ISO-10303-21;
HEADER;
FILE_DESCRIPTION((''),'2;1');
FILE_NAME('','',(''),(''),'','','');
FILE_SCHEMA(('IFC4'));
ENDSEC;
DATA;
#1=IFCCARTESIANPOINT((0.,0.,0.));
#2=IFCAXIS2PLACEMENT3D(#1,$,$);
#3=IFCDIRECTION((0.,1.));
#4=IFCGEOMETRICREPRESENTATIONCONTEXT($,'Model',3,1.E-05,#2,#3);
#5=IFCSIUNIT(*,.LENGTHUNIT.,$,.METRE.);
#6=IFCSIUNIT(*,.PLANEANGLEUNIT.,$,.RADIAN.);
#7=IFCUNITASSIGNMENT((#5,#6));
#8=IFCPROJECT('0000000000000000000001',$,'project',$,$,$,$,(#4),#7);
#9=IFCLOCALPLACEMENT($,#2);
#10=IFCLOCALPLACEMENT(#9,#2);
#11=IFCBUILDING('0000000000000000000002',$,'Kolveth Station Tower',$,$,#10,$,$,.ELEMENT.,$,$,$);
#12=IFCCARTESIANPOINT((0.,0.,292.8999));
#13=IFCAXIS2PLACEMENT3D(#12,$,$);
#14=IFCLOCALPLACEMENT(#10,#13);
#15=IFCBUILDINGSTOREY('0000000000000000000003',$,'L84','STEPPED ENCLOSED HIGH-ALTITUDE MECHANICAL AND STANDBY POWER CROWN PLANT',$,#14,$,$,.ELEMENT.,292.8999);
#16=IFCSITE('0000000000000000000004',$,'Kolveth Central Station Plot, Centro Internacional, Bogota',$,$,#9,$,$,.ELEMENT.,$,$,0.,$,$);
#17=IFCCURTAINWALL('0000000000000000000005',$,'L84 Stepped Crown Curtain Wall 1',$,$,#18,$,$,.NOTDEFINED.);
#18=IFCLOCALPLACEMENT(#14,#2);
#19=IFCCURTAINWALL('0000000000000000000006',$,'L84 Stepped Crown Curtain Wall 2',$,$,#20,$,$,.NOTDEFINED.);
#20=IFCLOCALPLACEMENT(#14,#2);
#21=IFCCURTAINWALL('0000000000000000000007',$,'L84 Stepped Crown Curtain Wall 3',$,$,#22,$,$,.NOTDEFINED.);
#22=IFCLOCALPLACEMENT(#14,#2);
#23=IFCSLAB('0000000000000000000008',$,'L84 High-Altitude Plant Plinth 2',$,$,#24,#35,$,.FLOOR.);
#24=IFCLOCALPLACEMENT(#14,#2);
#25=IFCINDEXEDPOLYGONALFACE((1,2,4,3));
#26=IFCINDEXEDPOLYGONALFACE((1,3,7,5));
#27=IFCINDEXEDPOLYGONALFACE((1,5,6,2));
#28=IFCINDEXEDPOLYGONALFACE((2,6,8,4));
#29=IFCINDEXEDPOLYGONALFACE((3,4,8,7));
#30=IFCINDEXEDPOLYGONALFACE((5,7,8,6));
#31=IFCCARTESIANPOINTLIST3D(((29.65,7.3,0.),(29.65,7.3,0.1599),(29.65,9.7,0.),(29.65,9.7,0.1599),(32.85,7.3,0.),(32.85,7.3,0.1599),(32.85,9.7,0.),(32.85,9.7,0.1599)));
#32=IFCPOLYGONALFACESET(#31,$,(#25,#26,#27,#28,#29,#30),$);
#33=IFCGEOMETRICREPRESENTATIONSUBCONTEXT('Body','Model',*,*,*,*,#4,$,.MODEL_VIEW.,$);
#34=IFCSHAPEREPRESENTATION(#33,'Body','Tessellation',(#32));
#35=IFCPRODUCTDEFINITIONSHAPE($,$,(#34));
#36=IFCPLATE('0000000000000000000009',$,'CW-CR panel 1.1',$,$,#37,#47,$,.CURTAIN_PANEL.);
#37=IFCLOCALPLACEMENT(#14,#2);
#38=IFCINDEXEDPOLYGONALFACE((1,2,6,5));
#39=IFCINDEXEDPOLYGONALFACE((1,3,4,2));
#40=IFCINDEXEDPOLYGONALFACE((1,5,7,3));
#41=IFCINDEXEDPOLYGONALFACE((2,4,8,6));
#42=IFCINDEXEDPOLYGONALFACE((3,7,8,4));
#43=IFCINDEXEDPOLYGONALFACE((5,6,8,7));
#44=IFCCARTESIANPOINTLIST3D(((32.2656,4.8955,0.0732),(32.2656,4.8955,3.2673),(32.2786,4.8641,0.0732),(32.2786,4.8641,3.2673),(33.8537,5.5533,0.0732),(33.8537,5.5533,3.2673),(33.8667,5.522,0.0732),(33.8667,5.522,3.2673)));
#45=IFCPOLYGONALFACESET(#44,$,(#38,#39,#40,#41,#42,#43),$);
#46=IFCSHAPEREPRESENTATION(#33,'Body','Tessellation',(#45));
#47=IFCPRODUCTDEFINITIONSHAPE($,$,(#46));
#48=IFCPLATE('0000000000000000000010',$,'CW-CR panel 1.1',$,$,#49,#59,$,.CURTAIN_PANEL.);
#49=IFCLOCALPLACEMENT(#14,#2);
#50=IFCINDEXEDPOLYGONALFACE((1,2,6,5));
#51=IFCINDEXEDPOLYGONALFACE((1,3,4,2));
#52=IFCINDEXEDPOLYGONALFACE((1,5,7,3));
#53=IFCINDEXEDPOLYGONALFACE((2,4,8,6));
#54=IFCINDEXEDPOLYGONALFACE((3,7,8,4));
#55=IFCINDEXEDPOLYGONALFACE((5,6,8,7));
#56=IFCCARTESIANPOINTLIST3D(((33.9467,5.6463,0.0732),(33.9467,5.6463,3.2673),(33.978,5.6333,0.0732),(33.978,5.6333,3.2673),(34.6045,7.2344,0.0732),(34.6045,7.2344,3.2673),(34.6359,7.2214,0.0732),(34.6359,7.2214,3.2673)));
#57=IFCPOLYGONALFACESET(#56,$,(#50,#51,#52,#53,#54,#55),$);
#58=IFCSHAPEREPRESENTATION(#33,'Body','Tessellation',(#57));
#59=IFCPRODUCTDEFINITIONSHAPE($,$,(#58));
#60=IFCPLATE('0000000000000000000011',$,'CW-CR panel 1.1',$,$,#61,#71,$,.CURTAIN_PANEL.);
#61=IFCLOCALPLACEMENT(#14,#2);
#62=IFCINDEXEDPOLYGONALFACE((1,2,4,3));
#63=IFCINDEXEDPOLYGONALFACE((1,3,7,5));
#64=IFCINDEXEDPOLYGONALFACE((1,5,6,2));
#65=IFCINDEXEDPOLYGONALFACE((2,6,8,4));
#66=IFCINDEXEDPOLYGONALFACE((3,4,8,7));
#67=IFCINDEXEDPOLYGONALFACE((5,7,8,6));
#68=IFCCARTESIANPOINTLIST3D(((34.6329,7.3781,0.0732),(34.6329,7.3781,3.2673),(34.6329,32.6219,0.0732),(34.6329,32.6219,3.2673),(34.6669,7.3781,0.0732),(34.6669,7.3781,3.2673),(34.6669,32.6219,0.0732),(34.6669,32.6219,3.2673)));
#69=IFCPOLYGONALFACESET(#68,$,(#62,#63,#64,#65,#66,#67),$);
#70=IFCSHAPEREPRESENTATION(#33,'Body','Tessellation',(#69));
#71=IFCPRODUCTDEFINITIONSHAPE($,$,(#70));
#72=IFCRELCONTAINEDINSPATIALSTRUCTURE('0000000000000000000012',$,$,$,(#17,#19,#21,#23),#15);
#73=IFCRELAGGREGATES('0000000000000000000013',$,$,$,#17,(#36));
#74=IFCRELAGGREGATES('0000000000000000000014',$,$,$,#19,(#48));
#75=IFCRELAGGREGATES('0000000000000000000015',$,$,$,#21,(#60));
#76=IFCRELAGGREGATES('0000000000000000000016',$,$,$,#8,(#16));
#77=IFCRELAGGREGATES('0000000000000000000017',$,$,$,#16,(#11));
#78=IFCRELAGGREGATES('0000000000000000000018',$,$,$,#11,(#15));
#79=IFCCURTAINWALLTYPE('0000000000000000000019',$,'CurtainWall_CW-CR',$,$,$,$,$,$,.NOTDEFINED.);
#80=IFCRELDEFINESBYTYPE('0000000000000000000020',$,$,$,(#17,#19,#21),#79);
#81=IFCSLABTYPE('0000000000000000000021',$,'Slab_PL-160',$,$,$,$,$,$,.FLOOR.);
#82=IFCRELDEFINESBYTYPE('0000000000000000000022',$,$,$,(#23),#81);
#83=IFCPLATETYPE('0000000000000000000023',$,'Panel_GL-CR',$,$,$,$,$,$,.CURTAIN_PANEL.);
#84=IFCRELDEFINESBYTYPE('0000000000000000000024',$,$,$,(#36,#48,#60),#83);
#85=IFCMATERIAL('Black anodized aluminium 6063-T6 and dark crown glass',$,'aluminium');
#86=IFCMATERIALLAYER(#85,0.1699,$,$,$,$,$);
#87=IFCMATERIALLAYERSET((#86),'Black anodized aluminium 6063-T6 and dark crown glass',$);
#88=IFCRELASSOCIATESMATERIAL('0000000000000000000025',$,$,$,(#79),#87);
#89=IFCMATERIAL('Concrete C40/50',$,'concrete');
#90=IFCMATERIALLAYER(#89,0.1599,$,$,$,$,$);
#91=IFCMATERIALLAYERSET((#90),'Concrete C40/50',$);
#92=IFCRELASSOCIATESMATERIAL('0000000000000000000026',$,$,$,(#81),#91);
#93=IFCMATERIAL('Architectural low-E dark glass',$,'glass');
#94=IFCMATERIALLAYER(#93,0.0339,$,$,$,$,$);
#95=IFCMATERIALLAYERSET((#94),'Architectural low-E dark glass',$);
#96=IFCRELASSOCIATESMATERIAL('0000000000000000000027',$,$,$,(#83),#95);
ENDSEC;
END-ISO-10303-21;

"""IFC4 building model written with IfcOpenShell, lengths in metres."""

from ifc_helpers import new_model, si_unit, direction, frame, origin, origin_2d, place, context, subcontext, project, spatial, rectangle, extrude, source, transform, mapped, material, layer, layer_set, type_object, element, aggregate, save


model = new_model("IFC4")

# Units and contexts
model_context = context("Model", 3, precision=1e-05, world=origin(), true_north=direction((0.0, 1.0)))
body_context = subcontext(model_context, "Body", "Model", "MODEL_VIEW")
ifc_project = project(units=[si_unit("LENGTHUNIT", "METRE"), si_unit("PLANEANGLEUNIT", "RADIAN")], contexts=[model_context])

# Site, building, storey
site_placement = place(None, origin())
site = spatial("IfcSite", under=ifc_project, at=site_placement, Name="Kolveth Central Station Plot, Centro Internacional, Bogota", CompositionType="ELEMENT", RefElevation=0.0)
building_placement = place(site_placement, origin())
building = spatial("IfcBuilding", under=site, at=building_placement, Name="Kolveth Station Tower", CompositionType="ELEMENT")
storey_placement = place(building_placement, frame((0.0, 0.0, 292.8999)))
storey = spatial("IfcBuildingStorey", under=building, at=storey_placement, Name="L84", Description="STEPPED ENCLOSED HIGH-ALTITUDE MECHANICAL AND STANDBY POWER CROWN PLANT", CompositionType="ELEMENT", Elevation=292.8999)

# Curtain walls
ifc_material_1 = material(Name="Black anodized aluminium 6063-T6 and dark crown glass", Category="aluminium")
ifc_layer_1 = layer(ifc_material_1, 0.1699)
ifc_layer_set_1 = layer_set([ifc_layer_1], Name="Black anodized aluminium 6063-T6 and dark crown glass")
curtain_wall_type = type_object("IfcCurtainWallType", Name="CurtainWall_CW-CR", PredefinedType="NOTDEFINED", material=ifc_layer_set_1)
curtain_wall_1_placement = place(storey_placement, origin())
curtain_wall_1 = element("IfcCurtainWall", 1, at=curtain_wall_1_placement, inside=storey, type_object=curtain_wall_type, Name="L84 Stepped Crown Curtain Wall 1", PredefinedType="NOTDEFINED")
curtain_wall_2_placement = place(storey_placement, origin())
curtain_wall_2 = element("IfcCurtainWall", 2, at=curtain_wall_2_placement, inside=storey, type_object=curtain_wall_type, Name="L84 Stepped Crown Curtain Wall 2", PredefinedType="NOTDEFINED")
curtain_wall_3_placement = place(storey_placement, origin())
curtain_wall_3 = element("IfcCurtainWall", 3, at=curtain_wall_3_placement, inside=storey, type_object=curtain_wall_type, Name="L84 Stepped Crown Curtain Wall 3", PredefinedType="NOTDEFINED")

# Slab
ifc_material_2 = material(Name="Concrete C40/50", Category="concrete")
ifc_layer_2 = layer(ifc_material_2, 0.1599)
ifc_layer_set_2 = layer_set([ifc_layer_2], Name="Concrete C40/50")
slab_type = type_object("IfcSlabType", Name="Slab_PL-160", PredefinedType="FLOOR", material=ifc_layer_set_2)
shared_shape_1 = source(origin(), body_context, "Body", "SweptSolid", [
    extrude(rectangle(XDim=3.2, YDim=2.3999, at=origin_2d()), origin(), (0.0, 0.0, 1.0), 0.1599),
])
slab_placement = place(storey_placement, frame((31.25, 8.5, 0.0), z_axis=(0.0, 0.0, 1.0), x_axis=(1.0, 0.0, 0.0)))
element("IfcSlab", 4, at=slab_placement, inside=storey, type_object=slab_type, Name="L84 High-Altitude Plant Plinth 2", PredefinedType="FLOOR", context=body_context, shape_type="MappedRepresentation", body=[
    mapped(shared_shape_1, transform((0.0, 0.0, 0.0), x_axis=(1.0, 0.0, 0.0), y_axis=(0.0, 1.0, 0.0), z_axis=(0.0, 0.0, 1.0), scale=1.0)),
])

# Plates
ifc_material_3 = material(Name="Architectural low-E dark glass", Category="glass")
ifc_layer_3 = layer(ifc_material_3, 0.0339)
ifc_layer_set_3 = layer_set([ifc_layer_3], Name="Architectural low-E dark glass")
plate_type_1 = type_object("IfcPlateType", Name="Panel_GL-CR", PredefinedType="CURTAIN_PANEL", material=ifc_layer_set_3)
shared_shape_2 = source(origin(), body_context, "Body", "SweptSolid", [
    extrude(rectangle(XDim=1.719, YDim=0.0339, at=origin_2d()), origin(), (0.0, 0.0, 1.0), 3.1941),
])
plate_1_placement = place(storey_placement, frame((33.0662, 5.2087, 0.0732), z_axis=(0.0, 0.0, 1.0), x_axis=(0.923876, 0.382691, 0.0)))
plate_1 = element("IfcPlate", 5, at=plate_1_placement, type_object=plate_type_1, Name="CW-CR panel 1.1", PredefinedType="CURTAIN_PANEL", context=body_context, shape_type="MappedRepresentation", body=[
    mapped(shared_shape_2, transform((0.0, 0.0, 0.0), x_axis=(1.0, 0.0, 0.0), y_axis=(0.0, 1.0, 0.0), z_axis=(0.0, 0.0, 1.0), scale=1.0)),
])
aggregate(curtain_wall_1, [plate_1])
plate_2_placement = place(storey_placement, frame((34.2913, 6.4338, 0.0732), z_axis=(0.0, 0.0, 1.0), x_axis=(0.382691, 0.923876, 0.0)))
plate_2 = element("IfcPlate", 6, at=plate_2_placement, type_object=plate_type_1, Name="CW-CR panel 1.1", PredefinedType="CURTAIN_PANEL", context=body_context, shape_type="MappedRepresentation", body=[
    mapped(shared_shape_2, transform((0.0, 0.0, 0.0), x_axis=(1.0, 0.0, 0.0), y_axis=(0.0, 1.0, 0.0), z_axis=(0.0, 0.0, 1.0), scale=1.0)),
])
aggregate(curtain_wall_2, [plate_2])
shared_shape_3 = source(origin(), body_context, "Body", "SweptSolid", [
    extrude(rectangle(XDim=25.2439, YDim=0.0339, at=origin_2d()), origin(), (0.0, 0.0, 1.0), 3.1941),
])
plate_3_placement = place(storey_placement, frame((34.6499, 20.0, 0.0732), z_axis=(0.0, 0.0, 1.0), x_axis=(0.0, 1.0, 0.0)))
plate_3 = element("IfcPlate", 7, at=plate_3_placement, type_object=plate_type_1, Name="CW-CR panel 1.1", PredefinedType="CURTAIN_PANEL", context=body_context, shape_type="MappedRepresentation", body=[
    mapped(shared_shape_3, transform((0.0, 0.0, 0.0), x_axis=(1.0, 0.0, 0.0), y_axis=(0.0, 1.0, 0.0), z_axis=(0.0, 0.0, 1.0), scale=1.0)),
])
aggregate(curtain_wall_3, [plate_3])

save(model, "model.ifc")
